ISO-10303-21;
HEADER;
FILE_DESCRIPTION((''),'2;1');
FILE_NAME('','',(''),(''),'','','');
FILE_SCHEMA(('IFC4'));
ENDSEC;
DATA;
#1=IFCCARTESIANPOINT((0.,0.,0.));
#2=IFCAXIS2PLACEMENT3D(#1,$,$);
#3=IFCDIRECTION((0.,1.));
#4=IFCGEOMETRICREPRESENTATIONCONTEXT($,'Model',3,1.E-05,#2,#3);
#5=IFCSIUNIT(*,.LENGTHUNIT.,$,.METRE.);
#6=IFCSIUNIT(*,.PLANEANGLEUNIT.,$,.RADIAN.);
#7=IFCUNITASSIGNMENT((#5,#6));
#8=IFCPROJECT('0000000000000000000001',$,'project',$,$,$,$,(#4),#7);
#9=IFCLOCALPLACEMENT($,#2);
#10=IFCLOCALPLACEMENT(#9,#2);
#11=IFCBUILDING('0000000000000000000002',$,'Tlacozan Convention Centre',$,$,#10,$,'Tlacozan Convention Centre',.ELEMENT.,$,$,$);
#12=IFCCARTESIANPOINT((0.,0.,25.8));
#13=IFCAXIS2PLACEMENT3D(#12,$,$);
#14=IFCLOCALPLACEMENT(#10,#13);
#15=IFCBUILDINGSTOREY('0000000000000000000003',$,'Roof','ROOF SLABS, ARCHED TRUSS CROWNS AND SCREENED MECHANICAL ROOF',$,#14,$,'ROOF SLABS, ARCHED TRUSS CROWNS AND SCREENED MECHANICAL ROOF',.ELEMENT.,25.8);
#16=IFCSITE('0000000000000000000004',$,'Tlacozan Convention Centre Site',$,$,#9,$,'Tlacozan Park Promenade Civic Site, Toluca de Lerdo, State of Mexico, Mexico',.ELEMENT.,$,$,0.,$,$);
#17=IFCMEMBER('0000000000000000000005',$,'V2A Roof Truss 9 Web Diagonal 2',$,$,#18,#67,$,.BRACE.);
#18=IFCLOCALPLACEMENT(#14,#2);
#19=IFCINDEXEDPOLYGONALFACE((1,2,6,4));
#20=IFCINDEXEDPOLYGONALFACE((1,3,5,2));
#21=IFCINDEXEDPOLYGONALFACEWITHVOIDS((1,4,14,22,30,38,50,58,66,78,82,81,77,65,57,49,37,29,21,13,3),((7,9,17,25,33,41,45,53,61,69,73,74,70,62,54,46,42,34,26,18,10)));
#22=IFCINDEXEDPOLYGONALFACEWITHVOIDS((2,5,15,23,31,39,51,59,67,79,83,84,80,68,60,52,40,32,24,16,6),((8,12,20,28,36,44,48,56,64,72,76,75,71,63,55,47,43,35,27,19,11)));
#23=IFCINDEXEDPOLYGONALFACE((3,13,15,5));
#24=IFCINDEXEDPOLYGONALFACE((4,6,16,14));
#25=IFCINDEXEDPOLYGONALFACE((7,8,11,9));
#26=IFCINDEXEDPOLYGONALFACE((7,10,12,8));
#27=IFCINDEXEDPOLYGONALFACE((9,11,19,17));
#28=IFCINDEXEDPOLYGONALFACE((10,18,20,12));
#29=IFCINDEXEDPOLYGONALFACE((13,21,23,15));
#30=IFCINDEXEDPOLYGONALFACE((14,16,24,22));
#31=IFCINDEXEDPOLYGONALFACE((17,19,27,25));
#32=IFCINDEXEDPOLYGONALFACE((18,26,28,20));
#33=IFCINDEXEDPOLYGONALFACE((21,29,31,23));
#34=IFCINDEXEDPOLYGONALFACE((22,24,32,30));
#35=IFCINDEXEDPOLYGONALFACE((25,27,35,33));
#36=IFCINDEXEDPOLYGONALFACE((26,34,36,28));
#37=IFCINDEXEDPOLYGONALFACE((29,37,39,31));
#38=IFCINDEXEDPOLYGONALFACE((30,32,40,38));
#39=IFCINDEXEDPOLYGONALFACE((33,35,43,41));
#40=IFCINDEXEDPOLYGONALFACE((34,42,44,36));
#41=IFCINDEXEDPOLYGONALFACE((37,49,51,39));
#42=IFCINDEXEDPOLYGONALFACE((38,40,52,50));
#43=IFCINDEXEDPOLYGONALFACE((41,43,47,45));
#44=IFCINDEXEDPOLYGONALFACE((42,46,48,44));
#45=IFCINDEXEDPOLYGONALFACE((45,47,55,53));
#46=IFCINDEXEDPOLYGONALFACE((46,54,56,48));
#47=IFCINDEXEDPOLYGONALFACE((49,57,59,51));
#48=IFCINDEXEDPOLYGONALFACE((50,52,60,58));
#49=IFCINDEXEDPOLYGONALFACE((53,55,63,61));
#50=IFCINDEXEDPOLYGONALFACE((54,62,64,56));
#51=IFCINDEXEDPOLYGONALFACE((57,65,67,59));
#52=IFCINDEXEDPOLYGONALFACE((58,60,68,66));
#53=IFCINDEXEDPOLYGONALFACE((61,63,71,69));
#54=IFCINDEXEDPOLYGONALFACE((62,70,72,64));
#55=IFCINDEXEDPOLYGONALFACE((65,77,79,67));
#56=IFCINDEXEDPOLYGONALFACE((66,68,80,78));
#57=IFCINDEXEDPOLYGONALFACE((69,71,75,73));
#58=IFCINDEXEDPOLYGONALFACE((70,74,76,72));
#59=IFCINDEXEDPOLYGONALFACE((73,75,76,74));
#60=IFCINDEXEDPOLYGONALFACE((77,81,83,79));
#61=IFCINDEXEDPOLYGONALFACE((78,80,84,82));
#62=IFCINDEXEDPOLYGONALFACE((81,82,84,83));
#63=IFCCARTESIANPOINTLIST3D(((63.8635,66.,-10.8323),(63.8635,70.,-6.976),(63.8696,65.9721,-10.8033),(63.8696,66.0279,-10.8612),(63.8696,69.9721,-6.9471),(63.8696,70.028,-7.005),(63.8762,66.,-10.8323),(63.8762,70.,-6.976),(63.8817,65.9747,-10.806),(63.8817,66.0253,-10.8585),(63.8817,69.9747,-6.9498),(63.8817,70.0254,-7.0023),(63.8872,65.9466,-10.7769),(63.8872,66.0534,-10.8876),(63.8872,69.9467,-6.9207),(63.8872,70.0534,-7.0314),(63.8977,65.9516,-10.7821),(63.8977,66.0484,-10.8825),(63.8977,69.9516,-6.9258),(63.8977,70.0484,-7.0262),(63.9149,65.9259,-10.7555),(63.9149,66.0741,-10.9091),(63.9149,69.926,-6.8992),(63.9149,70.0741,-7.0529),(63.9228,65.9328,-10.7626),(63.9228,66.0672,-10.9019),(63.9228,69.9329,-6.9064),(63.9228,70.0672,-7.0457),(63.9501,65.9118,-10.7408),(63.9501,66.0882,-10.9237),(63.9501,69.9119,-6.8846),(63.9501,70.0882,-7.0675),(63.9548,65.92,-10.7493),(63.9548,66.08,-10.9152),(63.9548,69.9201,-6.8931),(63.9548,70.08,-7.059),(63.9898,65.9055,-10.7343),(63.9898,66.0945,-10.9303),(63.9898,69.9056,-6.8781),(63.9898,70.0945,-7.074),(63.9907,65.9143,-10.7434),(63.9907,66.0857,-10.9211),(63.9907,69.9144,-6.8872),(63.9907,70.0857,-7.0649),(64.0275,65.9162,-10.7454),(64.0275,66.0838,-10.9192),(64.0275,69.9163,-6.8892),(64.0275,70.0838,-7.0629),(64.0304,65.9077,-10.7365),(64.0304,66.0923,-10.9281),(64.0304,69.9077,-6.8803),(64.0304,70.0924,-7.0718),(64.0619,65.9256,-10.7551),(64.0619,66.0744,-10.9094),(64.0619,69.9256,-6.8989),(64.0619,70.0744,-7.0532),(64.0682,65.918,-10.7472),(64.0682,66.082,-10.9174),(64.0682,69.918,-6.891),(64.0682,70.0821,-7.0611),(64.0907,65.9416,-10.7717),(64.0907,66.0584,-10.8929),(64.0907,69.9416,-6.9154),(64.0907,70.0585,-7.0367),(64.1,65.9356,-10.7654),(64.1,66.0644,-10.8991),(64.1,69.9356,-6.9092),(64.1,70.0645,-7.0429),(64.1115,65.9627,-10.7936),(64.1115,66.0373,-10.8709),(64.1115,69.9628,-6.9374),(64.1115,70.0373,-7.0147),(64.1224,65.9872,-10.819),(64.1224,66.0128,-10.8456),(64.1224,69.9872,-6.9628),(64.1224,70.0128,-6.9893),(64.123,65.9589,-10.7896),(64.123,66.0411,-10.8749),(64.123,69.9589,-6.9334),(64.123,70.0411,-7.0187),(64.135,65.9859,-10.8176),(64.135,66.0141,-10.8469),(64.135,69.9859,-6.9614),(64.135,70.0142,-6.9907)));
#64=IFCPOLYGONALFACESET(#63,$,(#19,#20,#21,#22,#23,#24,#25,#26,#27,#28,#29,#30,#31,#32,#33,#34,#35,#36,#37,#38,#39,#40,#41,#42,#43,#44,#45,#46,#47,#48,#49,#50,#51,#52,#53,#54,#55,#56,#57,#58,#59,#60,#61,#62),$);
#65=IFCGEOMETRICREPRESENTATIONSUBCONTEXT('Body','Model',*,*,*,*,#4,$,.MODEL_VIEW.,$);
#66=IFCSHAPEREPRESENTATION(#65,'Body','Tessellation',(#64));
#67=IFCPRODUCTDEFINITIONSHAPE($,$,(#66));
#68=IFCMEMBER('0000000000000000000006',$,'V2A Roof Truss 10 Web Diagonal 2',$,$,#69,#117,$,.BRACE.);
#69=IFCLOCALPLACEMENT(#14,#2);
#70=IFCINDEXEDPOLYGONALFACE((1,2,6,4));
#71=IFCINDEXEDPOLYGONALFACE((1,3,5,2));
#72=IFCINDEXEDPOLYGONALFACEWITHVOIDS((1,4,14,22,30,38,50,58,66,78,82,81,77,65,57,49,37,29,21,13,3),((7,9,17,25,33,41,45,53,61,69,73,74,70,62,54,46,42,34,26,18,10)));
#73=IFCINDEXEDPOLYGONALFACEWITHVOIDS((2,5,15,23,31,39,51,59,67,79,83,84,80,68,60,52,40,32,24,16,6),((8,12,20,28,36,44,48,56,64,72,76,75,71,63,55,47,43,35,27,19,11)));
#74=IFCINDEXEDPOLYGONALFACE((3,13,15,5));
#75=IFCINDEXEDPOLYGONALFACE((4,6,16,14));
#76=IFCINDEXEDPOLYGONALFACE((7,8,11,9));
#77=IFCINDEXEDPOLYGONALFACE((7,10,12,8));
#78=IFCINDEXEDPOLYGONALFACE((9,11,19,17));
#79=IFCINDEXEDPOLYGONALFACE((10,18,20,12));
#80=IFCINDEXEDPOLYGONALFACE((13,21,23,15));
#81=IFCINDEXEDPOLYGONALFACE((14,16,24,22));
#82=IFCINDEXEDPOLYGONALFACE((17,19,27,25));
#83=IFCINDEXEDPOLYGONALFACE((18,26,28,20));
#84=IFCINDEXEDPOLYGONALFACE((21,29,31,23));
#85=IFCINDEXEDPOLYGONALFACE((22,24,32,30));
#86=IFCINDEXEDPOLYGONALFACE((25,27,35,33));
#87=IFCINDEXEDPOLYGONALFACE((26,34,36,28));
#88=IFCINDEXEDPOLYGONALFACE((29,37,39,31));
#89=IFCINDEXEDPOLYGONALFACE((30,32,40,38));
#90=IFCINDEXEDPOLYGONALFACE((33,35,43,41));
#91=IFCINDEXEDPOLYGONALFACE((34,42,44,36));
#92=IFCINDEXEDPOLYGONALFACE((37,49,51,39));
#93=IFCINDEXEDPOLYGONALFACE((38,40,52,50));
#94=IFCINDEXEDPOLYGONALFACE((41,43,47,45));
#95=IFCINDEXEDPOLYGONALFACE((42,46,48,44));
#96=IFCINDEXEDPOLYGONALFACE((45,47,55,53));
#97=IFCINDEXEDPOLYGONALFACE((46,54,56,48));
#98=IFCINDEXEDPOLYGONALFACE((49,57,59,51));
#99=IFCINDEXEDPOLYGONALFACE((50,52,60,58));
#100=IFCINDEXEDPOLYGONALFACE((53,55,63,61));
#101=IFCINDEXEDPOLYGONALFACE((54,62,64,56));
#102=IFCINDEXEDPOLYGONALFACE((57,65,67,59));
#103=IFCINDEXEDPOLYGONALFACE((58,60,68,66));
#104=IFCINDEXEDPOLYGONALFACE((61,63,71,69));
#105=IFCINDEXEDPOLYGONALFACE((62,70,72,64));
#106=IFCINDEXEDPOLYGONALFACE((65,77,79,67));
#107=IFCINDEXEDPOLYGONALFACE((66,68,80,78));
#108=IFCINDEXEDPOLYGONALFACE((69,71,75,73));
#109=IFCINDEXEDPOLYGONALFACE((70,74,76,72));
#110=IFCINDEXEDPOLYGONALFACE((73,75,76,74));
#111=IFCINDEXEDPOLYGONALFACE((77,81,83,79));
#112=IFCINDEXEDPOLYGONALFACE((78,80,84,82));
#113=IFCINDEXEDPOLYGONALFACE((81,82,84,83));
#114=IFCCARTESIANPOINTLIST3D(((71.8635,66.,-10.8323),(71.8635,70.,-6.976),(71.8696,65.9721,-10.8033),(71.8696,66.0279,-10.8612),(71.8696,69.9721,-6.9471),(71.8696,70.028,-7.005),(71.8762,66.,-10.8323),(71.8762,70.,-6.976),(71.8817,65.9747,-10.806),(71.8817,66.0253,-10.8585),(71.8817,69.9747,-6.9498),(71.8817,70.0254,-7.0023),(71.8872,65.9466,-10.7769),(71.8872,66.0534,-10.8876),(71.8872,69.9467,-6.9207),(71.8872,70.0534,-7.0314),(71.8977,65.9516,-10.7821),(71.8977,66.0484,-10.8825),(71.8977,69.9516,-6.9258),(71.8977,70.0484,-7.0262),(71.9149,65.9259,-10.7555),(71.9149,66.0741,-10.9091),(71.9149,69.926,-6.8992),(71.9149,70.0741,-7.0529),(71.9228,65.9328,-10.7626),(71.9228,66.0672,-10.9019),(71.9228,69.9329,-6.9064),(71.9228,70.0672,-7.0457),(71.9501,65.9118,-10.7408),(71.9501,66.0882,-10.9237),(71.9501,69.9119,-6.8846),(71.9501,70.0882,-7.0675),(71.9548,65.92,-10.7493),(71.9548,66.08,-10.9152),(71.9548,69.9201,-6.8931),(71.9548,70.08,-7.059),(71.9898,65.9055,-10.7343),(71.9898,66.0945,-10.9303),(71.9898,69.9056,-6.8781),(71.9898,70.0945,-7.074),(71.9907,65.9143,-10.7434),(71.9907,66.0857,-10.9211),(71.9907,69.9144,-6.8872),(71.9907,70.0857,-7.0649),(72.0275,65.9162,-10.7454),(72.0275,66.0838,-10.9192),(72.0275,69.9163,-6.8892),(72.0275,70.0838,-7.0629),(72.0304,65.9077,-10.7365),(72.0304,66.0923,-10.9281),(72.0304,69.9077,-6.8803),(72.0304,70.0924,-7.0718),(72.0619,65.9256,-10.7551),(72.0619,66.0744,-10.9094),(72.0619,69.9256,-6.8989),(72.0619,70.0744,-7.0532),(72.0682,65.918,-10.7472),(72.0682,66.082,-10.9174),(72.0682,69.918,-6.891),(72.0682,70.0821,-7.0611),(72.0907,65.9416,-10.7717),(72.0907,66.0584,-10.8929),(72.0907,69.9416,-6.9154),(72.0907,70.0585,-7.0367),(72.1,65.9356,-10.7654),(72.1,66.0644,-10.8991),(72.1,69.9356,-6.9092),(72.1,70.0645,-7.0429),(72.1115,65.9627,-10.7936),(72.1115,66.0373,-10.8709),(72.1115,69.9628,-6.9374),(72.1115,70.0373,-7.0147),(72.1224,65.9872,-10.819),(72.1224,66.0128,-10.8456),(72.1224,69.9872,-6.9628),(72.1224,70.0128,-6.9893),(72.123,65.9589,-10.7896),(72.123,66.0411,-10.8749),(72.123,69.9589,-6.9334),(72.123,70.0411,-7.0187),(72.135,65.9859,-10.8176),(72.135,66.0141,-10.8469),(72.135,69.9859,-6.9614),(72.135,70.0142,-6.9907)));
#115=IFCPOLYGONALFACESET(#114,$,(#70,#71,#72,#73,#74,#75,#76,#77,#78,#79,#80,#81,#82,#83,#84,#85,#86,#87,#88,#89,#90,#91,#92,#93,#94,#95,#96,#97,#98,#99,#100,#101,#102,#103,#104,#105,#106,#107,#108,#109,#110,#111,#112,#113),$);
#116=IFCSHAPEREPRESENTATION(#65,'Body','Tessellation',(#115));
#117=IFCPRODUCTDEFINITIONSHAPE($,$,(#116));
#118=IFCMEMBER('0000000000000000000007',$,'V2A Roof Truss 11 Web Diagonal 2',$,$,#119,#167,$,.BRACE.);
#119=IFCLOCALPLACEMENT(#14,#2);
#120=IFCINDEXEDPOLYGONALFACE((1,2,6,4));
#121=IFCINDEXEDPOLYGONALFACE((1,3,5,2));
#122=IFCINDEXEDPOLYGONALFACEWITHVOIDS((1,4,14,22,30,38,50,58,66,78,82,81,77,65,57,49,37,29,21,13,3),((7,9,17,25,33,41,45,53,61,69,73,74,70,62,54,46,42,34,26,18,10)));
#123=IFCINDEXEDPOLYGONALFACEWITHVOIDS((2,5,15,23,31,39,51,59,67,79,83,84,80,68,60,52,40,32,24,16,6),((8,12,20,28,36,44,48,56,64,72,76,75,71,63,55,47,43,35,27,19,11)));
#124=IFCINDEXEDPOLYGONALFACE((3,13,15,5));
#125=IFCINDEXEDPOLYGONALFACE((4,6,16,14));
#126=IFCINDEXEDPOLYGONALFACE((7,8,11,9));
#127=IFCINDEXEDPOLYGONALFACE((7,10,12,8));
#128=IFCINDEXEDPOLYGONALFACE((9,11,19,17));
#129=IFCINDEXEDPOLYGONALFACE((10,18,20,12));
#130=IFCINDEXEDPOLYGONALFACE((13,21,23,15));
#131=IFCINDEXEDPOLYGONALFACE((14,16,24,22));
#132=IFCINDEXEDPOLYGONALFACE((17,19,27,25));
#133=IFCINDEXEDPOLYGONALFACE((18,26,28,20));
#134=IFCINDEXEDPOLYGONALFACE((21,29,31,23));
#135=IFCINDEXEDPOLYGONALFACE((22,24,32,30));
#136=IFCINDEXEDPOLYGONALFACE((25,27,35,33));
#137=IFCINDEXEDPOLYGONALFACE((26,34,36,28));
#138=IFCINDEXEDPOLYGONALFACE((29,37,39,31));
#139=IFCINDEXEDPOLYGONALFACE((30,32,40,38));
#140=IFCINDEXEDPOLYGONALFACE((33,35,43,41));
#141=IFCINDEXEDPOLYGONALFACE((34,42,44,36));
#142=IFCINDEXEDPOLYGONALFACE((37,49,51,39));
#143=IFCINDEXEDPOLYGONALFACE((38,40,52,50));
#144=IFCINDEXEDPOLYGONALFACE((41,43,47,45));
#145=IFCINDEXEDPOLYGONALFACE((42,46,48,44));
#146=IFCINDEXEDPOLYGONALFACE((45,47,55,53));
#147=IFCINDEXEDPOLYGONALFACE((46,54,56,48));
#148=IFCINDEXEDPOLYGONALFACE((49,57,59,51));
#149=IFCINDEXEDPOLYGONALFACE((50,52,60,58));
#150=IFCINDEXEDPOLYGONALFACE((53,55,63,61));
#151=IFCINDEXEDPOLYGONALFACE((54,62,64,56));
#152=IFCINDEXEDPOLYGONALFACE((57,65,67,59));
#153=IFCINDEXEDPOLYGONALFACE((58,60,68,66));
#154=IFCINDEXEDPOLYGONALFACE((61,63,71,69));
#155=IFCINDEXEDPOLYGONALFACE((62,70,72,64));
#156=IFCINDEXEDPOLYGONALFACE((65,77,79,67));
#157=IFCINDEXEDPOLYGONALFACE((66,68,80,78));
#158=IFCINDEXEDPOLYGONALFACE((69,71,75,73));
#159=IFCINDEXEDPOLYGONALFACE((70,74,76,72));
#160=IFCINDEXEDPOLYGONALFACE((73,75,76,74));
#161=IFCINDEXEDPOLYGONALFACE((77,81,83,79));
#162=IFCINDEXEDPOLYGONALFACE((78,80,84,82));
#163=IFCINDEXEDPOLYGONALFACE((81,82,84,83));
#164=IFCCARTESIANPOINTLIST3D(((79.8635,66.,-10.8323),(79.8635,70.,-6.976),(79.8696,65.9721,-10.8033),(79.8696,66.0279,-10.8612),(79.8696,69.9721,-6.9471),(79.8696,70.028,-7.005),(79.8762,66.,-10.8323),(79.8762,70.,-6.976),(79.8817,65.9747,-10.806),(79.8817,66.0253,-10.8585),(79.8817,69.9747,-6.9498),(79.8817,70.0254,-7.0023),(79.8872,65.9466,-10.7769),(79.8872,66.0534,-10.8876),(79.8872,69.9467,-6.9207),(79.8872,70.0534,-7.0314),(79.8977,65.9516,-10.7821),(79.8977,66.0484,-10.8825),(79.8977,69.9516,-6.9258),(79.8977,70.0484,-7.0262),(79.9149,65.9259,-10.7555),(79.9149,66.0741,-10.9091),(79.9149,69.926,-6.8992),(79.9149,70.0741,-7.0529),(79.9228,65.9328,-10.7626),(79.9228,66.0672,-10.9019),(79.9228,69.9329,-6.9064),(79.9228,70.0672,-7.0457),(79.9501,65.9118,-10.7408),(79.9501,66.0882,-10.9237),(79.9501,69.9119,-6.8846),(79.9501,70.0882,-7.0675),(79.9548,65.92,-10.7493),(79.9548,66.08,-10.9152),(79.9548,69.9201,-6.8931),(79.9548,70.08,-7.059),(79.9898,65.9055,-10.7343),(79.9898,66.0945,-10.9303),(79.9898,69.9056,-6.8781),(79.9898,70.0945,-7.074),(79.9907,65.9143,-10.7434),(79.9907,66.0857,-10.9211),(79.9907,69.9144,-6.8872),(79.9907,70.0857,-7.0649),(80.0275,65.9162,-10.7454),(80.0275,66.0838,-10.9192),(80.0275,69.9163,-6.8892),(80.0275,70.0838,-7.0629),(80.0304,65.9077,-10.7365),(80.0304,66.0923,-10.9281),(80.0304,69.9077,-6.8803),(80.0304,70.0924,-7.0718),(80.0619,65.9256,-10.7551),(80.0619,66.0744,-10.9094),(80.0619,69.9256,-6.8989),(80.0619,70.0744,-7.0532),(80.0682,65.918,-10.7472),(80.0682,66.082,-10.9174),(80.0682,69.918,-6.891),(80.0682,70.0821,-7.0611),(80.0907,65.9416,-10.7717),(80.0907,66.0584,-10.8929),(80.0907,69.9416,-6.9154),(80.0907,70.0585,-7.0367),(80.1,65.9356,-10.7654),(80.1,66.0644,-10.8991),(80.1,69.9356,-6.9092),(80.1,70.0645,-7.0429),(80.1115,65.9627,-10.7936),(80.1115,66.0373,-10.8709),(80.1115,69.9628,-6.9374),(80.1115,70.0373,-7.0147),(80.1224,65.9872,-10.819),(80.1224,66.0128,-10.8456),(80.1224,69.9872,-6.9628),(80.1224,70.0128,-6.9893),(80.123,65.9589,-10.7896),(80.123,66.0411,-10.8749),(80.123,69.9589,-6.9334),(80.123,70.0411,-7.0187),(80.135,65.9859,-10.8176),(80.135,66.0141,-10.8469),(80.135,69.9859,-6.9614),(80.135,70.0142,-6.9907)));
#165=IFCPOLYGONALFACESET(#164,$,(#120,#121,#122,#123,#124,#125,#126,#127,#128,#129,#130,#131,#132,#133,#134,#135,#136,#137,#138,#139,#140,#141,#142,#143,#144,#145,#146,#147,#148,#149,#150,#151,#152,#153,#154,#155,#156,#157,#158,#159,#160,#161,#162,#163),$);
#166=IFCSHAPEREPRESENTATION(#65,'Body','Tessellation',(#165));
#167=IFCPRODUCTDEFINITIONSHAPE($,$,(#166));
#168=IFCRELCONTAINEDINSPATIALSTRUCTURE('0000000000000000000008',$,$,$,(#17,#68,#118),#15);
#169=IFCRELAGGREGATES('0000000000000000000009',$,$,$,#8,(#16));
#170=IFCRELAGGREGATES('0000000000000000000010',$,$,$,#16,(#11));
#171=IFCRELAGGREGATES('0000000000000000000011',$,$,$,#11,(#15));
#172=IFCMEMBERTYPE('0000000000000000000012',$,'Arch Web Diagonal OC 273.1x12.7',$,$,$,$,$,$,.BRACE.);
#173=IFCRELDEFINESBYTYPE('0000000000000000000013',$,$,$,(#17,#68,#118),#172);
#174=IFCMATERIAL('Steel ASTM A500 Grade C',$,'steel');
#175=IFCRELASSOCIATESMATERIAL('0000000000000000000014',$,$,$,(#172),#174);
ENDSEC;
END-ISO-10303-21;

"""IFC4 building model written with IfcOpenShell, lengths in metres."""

from ifc_helpers import new_model, si_unit, direction, frame, origin, origin_2d, place, context, subcontext, project, spatial, hollow_circle, extrude, material, material_profile, profile_set, type_object, element, save


model = new_model("IFC4")

# Units and contexts
model_context = context("Model", 3, precision=1e-05, world=origin(), true_north=direction((0.0, 1.0)))
body_context = subcontext(model_context, "Body", "Model", "MODEL_VIEW")
ifc_project = project(units=[si_unit("LENGTHUNIT", "METRE"), si_unit("PLANEANGLEUNIT", "RADIAN")], contexts=[model_context])

# Site, building, storey
site_placement = place(None, origin())
site = spatial("IfcSite", under=ifc_project, at=site_placement, Name="Tlacozan Convention Centre Site", LongName="Tlacozan Park Promenade Civic Site, Toluca de Lerdo, State of Mexico, Mexico", CompositionType="ELEMENT", RefElevation=0.0)
building_placement = place(site_placement, origin())
building = spatial("IfcBuilding", under=site, at=building_placement, Name="Tlacozan Convention Centre", LongName="Tlacozan Convention Centre", CompositionType="ELEMENT")
storey_placement = place(building_placement, frame((0.0, 0.0, 25.8)))
storey = spatial("IfcBuildingStorey", under=building, at=storey_placement, Name="Roof", Description="ROOF SLABS, ARCHED TRUSS CROWNS AND SCREENED MECHANICAL ROOF", LongName="ROOF SLABS, ARCHED TRUSS CROWNS AND SCREENED MECHANICAL ROOF", CompositionType="ELEMENT", Elevation=25.8)

# Members
ifc_material_1 = material(Name="Steel ASTM A500 Grade C", Category="steel")
ifc_material_profile_1 = material_profile(ifc_material_1, hollow_circle(Radius=0.1365, WallThickness=0.0127, at=origin_2d()), Name="OC 273.1x12.7")
ifc_profile_set_1 = profile_set([ifc_material_profile_1], Name="Steel ASTM A500 Grade C")
member_type_1 = type_object("IfcMemberType", Name="Arch Web Diagonal OC 273.1x12.7", PredefinedType="BRACE", material=ifc_profile_set_1)
for number, where, z_axis, x_axis, name in (
    (1, (64.0, 66.0, -10.8323), (0.0, 0.719929, 0.694048), (-1.0, 0.0, 0.0), "V2A Roof Truss 9 Web Diagonal 2"),
    (2, (72.0, 66.0, -10.8323), (0.0, 0.719929, 0.694048), (-1.0, 0.0, 0.0), "V2A Roof Truss 10 Web Diagonal 2"),
    (3, (80.0, 66.0, -10.8323), (0.0, 0.719929, 0.694048), (-1.0, 0.0, 0.0), "V2A Roof Truss 11 Web Diagonal 2"),
):
    element("IfcMember", number, at=place(storey_placement, frame(where, z_axis=z_axis, x_axis=x_axis)), inside=storey, type_object=member_type_1, Name=name, PredefinedType="BRACE", context=body_context, shape_type="SweptSolid", body=[
        extrude(hollow_circle(Radius=0.1365, WallThickness=0.0127, at=origin_2d()), origin(), (0.0, 0.0, 1.0), 5.5562),
    ])

save(model, "model.ifc")
